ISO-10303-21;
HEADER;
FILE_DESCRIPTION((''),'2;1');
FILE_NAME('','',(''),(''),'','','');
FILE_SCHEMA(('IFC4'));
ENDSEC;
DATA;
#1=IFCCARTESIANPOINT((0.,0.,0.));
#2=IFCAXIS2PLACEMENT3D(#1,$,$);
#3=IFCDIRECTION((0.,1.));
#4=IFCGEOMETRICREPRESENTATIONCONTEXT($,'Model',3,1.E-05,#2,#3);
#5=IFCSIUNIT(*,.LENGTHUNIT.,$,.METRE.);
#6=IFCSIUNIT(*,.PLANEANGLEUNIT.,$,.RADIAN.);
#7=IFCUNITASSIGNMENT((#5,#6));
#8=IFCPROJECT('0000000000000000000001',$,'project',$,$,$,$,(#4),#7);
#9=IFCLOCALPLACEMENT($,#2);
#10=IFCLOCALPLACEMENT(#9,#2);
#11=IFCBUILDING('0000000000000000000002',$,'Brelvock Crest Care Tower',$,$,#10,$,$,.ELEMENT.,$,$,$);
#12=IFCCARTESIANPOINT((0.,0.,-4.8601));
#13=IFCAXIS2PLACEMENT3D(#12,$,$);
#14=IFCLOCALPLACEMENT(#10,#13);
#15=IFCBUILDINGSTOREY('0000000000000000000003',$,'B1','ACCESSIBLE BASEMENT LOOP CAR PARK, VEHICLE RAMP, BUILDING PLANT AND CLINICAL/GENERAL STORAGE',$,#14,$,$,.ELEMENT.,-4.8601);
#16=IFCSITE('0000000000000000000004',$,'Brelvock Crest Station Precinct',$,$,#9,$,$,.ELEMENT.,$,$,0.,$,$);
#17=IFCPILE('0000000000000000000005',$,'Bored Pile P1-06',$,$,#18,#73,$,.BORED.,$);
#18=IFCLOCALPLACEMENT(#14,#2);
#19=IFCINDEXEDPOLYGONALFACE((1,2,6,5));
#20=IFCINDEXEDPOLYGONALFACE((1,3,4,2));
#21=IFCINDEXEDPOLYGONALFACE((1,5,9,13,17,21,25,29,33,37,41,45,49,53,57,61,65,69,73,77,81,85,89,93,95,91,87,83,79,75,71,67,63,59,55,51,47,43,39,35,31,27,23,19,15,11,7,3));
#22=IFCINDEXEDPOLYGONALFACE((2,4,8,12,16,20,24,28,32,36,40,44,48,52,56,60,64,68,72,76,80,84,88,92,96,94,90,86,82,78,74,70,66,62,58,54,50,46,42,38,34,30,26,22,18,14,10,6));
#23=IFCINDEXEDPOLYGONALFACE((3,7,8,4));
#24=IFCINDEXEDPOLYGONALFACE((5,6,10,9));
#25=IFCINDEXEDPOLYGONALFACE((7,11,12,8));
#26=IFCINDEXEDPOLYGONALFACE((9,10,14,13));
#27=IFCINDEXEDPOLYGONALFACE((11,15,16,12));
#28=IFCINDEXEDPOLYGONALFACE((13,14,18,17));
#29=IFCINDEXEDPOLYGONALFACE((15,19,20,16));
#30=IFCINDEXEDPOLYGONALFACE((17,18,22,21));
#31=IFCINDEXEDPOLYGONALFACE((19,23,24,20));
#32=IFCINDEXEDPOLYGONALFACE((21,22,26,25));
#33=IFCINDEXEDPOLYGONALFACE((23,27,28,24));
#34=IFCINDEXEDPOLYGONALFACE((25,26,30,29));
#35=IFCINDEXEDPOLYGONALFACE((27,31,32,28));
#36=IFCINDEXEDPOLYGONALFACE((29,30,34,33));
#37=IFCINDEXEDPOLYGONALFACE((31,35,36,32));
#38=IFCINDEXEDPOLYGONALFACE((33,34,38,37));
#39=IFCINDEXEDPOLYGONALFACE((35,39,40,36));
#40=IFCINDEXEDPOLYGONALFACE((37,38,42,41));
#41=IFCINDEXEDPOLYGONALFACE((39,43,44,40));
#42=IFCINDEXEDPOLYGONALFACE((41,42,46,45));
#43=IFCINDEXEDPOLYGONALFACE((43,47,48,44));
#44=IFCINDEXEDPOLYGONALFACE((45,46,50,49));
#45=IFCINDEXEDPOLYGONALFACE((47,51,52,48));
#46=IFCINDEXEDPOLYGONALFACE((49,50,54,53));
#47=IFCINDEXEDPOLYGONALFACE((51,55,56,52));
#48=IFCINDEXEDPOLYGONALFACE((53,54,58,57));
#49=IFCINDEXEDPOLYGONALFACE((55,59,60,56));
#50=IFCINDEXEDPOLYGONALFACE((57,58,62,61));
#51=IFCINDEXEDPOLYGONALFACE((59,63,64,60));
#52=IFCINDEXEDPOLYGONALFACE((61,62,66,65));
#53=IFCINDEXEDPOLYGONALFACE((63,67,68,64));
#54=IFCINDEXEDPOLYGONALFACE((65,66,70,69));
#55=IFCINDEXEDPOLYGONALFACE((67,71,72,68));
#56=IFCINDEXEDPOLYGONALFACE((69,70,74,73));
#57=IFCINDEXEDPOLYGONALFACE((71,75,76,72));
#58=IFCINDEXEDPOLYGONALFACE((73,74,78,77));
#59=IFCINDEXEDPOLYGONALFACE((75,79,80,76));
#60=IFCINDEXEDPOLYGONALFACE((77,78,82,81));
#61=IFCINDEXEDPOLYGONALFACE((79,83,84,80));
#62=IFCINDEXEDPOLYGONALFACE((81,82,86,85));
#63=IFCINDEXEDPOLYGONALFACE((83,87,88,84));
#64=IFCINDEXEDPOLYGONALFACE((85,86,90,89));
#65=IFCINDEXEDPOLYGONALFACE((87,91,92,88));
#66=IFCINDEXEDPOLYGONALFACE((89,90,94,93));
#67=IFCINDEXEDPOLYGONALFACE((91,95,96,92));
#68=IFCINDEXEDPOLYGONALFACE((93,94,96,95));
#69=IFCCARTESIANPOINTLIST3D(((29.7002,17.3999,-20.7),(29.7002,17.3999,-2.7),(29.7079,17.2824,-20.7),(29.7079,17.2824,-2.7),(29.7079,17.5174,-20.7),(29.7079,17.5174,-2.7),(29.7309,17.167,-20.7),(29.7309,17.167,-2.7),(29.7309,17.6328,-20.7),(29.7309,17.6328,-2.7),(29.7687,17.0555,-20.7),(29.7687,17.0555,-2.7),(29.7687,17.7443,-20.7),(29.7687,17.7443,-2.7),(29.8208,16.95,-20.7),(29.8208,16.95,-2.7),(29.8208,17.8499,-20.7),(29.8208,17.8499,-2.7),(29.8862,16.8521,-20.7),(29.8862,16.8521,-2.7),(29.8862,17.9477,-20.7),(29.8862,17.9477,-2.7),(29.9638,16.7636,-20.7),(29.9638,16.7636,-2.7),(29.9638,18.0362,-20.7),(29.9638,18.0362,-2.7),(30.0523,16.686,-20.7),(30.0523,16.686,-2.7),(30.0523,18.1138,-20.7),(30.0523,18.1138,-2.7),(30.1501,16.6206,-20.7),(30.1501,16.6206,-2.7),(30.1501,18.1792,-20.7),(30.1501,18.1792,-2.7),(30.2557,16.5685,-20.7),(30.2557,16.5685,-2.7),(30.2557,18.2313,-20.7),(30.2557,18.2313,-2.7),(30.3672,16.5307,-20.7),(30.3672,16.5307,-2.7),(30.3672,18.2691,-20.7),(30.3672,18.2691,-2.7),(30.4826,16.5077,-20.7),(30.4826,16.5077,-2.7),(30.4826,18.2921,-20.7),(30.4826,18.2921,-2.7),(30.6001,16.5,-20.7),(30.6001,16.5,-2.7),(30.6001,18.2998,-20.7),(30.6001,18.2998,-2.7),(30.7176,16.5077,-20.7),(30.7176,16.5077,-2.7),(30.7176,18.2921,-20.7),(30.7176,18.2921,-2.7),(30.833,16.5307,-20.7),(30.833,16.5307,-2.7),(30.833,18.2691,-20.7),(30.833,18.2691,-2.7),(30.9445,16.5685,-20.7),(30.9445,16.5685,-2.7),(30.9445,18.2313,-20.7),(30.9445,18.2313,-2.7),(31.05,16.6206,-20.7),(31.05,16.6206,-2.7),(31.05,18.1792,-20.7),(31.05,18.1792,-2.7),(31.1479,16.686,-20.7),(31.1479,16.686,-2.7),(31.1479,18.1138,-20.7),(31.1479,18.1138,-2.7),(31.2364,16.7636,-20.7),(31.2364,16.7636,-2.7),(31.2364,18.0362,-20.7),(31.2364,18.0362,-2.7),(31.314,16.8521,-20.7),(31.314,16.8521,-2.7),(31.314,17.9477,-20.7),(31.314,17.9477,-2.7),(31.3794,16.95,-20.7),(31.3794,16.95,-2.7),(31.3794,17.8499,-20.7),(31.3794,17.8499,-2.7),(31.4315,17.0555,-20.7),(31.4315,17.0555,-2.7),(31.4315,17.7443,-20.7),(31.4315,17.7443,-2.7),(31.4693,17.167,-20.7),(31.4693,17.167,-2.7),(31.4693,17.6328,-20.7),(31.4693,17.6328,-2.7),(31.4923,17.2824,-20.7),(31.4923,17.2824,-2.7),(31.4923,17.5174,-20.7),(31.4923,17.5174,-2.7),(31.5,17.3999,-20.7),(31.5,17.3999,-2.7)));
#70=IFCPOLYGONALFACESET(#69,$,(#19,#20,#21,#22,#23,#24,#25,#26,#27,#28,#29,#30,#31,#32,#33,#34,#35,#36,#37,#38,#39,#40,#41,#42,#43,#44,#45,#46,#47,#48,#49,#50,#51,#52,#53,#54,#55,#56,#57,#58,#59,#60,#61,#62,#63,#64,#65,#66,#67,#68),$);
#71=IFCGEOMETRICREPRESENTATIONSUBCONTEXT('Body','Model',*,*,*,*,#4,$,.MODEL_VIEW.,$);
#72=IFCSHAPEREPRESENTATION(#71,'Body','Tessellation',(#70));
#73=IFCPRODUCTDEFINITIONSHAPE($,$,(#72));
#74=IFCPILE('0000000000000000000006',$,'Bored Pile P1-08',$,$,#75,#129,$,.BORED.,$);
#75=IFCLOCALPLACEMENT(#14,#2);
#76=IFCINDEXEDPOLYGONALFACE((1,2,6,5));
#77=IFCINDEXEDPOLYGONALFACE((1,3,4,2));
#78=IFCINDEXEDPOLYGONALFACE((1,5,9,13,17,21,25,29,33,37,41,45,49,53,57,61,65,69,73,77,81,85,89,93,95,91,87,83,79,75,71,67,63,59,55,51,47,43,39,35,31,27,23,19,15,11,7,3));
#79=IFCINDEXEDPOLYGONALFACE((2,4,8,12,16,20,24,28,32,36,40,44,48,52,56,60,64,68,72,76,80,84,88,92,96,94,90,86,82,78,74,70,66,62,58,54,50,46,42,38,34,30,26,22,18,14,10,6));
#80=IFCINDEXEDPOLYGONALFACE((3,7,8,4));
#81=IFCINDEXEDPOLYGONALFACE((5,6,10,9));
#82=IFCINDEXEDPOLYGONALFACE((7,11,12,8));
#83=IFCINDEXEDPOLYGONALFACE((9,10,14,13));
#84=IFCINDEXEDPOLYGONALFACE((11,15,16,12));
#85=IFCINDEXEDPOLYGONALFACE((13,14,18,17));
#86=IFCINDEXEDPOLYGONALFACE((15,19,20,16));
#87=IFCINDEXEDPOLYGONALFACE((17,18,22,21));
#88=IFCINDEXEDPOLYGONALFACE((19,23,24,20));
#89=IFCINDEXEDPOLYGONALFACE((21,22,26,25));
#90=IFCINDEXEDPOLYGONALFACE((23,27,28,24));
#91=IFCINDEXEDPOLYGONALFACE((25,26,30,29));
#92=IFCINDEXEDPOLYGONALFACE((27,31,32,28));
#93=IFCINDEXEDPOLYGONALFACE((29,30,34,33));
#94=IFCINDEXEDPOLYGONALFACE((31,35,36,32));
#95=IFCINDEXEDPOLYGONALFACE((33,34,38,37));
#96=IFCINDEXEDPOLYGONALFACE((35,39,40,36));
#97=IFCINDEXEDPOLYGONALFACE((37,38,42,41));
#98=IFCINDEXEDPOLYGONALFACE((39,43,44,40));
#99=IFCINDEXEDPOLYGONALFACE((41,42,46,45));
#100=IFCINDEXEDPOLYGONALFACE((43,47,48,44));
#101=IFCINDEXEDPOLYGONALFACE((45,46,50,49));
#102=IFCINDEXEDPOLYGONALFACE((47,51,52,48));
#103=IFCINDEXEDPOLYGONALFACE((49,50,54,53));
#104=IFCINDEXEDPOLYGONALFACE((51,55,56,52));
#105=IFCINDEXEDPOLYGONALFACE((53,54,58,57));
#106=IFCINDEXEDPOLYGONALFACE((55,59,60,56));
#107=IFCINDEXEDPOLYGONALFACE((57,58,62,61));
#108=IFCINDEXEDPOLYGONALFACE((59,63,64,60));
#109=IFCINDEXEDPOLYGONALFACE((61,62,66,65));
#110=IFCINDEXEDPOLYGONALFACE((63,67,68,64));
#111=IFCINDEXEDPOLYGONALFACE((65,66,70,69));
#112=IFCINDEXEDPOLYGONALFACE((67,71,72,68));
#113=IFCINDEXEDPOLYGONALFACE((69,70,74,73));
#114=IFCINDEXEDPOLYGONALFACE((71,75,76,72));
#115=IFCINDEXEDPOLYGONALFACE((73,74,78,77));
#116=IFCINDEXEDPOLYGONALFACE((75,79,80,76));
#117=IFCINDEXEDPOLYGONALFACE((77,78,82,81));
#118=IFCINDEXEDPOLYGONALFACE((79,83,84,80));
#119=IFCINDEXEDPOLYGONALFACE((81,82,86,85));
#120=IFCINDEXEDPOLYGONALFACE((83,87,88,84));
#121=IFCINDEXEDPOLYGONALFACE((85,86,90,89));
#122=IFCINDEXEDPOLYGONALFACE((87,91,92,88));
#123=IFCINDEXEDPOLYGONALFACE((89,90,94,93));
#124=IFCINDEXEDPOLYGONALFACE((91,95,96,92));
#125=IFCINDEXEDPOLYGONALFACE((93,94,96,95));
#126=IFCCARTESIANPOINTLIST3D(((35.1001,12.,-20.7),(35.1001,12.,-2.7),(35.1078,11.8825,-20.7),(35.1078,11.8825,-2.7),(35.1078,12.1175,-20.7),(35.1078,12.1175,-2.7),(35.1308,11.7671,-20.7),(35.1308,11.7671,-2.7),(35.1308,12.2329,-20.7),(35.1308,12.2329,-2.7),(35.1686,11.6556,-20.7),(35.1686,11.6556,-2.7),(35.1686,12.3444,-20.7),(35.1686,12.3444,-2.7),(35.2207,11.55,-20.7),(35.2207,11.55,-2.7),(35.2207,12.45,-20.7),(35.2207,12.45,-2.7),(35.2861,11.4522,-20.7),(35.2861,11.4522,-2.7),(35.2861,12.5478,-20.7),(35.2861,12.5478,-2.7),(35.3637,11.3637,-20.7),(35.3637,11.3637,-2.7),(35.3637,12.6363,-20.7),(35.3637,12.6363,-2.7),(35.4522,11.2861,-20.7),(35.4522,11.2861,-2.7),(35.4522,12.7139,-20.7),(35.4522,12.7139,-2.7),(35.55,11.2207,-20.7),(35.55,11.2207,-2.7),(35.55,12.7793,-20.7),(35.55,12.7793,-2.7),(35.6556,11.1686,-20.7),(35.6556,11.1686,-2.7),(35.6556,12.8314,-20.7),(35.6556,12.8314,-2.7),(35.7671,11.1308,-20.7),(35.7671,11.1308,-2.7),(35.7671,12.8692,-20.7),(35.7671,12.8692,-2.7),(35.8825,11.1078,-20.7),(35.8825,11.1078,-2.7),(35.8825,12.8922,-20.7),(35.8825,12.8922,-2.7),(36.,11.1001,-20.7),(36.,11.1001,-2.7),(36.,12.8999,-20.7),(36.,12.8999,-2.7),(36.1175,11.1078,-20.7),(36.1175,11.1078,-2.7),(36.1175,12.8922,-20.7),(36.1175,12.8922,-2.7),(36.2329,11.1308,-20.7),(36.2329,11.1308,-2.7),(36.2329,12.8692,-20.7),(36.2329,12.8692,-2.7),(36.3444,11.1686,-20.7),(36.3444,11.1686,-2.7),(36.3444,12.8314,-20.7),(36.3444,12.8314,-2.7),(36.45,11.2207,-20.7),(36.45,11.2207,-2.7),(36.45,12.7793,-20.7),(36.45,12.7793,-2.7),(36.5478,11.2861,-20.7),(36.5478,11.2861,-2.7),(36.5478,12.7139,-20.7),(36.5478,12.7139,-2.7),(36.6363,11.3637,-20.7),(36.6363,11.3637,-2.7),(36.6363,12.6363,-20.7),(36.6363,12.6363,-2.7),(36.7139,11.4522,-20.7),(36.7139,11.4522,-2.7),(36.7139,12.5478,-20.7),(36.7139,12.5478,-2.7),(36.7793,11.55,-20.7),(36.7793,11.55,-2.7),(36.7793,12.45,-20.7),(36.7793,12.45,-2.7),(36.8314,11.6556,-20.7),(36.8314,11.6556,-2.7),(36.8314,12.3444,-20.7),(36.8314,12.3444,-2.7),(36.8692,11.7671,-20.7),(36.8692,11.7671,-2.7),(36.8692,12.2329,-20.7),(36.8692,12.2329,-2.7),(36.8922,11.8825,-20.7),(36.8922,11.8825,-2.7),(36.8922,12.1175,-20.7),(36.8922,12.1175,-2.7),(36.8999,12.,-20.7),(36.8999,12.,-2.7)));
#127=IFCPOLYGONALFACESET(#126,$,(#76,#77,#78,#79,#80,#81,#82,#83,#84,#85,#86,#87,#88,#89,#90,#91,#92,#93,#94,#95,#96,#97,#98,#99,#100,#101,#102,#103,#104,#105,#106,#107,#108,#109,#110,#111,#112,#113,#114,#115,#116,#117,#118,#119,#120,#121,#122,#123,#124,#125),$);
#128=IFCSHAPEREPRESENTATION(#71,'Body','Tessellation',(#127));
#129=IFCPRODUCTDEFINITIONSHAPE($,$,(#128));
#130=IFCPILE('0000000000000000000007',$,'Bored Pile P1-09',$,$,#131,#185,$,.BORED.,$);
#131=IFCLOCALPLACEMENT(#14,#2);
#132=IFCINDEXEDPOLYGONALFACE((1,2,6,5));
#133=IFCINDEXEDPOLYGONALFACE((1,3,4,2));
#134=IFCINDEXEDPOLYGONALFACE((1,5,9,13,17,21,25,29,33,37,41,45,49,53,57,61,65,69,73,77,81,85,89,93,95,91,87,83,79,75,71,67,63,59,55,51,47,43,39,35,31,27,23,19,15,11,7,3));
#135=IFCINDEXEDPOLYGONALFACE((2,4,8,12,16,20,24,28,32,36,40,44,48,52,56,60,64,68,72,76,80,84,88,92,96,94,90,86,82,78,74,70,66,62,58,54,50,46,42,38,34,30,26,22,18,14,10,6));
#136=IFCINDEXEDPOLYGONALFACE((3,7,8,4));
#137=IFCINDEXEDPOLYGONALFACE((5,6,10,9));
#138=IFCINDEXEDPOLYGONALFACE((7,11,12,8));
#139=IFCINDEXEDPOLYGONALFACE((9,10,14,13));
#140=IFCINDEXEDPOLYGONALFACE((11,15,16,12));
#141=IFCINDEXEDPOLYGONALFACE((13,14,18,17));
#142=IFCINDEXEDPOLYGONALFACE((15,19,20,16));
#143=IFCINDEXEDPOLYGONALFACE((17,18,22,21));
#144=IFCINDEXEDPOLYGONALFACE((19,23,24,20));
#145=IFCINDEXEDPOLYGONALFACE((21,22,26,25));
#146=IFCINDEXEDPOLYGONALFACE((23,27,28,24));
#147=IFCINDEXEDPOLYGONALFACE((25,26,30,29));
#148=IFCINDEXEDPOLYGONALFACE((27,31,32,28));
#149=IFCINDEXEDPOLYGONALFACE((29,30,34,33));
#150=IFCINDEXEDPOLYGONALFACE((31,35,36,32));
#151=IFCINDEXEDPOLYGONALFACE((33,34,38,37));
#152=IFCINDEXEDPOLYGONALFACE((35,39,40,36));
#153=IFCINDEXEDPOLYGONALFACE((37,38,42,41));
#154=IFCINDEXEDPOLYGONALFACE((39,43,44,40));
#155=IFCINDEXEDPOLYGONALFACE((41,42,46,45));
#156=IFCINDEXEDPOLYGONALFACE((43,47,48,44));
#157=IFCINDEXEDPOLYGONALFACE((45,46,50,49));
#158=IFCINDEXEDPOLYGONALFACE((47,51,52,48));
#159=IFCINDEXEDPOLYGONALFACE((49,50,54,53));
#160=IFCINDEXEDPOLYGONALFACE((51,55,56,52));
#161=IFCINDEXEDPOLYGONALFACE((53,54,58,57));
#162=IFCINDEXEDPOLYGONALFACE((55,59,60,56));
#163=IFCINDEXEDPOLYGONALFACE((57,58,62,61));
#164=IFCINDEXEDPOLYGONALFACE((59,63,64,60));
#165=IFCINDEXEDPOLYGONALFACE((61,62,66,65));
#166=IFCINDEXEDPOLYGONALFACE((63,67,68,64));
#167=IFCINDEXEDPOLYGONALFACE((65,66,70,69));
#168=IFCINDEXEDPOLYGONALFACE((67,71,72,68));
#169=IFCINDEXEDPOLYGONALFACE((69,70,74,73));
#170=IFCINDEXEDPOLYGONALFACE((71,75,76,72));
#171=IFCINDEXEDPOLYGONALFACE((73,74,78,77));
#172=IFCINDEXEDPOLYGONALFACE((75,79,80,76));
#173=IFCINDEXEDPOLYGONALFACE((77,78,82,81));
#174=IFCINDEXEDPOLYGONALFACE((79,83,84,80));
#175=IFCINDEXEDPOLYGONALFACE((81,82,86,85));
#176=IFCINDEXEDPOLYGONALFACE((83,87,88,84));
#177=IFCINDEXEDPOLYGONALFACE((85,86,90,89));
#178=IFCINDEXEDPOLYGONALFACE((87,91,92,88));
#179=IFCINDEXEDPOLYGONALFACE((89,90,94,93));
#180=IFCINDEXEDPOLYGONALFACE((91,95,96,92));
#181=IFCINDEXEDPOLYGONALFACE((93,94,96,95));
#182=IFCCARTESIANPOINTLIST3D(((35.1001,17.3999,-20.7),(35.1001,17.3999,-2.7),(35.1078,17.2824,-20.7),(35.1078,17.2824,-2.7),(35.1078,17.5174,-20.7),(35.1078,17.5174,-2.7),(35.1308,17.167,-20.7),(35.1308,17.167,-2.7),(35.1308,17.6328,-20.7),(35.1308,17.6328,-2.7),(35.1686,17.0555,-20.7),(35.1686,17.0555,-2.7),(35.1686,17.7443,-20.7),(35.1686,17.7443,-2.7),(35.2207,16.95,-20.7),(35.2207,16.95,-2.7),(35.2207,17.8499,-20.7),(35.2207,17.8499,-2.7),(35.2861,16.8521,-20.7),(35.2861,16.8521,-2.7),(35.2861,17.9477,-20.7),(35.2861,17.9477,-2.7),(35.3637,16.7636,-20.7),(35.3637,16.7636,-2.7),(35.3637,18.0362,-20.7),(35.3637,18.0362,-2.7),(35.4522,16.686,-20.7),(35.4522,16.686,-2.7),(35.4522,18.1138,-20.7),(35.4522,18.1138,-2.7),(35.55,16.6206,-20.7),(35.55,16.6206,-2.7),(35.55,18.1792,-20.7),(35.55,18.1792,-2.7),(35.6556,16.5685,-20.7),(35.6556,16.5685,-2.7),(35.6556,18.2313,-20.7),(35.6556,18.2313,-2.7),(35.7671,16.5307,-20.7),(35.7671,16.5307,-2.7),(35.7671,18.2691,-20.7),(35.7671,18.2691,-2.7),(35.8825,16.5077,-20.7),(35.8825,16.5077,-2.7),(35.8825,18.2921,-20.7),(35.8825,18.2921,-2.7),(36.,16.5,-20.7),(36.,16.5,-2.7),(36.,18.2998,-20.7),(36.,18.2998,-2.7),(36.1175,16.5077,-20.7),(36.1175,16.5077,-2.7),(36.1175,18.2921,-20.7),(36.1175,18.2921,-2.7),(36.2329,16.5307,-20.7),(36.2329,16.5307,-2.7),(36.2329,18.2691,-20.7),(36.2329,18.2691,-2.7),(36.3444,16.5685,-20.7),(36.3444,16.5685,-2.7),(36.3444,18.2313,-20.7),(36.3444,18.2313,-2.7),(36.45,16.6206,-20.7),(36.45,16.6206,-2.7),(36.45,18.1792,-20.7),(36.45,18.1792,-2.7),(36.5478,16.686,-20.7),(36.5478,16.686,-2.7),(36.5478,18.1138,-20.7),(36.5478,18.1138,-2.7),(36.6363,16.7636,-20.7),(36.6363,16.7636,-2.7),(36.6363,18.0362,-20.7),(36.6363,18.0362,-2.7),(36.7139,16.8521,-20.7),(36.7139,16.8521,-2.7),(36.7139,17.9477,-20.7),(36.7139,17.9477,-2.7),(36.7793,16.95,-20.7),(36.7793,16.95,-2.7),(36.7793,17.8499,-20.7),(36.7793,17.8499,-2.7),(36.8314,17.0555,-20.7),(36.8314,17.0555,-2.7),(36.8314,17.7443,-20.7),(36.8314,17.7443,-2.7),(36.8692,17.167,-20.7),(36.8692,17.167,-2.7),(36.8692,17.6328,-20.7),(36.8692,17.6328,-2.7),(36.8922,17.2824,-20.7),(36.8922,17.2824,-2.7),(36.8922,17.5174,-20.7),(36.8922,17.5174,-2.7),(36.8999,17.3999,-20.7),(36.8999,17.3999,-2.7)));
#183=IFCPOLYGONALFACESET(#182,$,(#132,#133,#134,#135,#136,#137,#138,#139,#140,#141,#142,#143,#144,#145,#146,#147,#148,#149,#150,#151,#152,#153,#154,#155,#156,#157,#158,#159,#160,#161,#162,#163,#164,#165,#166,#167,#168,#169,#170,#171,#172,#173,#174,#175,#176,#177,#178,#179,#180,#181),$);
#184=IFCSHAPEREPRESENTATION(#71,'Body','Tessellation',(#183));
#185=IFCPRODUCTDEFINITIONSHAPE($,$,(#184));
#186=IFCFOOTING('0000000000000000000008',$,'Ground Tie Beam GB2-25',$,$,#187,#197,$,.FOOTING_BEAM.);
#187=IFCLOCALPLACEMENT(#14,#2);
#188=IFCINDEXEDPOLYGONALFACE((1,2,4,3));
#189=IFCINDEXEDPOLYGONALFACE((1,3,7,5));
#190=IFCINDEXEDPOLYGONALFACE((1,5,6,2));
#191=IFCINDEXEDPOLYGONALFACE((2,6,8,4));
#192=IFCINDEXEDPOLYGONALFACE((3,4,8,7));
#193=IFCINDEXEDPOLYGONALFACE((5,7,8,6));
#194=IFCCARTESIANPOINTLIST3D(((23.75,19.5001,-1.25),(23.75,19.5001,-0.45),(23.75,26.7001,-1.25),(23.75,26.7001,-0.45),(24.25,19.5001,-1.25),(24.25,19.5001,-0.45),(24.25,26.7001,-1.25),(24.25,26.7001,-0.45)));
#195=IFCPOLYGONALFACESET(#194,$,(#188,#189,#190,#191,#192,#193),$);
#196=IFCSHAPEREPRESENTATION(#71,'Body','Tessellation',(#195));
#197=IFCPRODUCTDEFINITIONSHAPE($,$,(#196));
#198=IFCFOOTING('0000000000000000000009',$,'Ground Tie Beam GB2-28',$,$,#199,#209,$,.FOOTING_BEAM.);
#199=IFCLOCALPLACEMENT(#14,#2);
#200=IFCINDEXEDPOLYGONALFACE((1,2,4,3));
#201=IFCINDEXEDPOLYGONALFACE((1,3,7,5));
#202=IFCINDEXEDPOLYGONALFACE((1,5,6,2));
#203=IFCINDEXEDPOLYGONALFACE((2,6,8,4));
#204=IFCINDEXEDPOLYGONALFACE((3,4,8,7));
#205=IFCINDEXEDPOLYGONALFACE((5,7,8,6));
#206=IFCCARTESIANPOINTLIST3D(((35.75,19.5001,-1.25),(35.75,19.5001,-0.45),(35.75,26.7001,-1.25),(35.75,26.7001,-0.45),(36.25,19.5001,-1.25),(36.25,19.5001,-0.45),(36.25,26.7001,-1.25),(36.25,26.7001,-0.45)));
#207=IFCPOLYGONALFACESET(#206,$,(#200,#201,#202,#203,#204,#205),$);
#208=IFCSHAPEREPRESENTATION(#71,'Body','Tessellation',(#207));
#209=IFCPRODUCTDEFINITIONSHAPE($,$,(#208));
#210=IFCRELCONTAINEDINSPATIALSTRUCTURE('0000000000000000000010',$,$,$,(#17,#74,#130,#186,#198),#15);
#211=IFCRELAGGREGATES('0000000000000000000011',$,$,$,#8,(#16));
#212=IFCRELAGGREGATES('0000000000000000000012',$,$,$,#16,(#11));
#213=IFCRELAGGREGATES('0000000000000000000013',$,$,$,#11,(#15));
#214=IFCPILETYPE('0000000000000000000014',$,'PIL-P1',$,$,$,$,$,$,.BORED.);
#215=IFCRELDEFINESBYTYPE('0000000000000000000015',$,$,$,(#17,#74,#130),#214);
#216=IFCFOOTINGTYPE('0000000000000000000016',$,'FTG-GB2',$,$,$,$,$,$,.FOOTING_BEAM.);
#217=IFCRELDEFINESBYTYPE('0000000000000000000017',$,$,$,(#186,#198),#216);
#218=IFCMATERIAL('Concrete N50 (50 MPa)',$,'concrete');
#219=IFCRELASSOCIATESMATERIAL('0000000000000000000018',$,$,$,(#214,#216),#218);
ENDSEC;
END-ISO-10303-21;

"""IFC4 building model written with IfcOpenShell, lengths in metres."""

from ifc_helpers import new_model, si_unit, direction, frame, origin, origin_2d, place, context, subcontext, project, spatial, rectangle, circle, extrude, source, transform, mapped, material, material_profile, profile_set, type_object, element, save


model = new_model("IFC4")

# Units and contexts
model_context = context("Model", 3, precision=1e-05, world=origin(), true_north=direction((0.0, 1.0)))
body_context = subcontext(model_context, "Body", "Model", "MODEL_VIEW")
ifc_project = project(units=[si_unit("LENGTHUNIT", "METRE"), si_unit("PLANEANGLEUNIT", "RADIAN")], contexts=[model_context])

# Site, building, storey
site_placement = place(None, origin())
site = spatial("IfcSite", under=ifc_project, at=site_placement, Name="Brelvock Crest Station Precinct", CompositionType="ELEMENT", RefElevation=0.0)
building_placement = place(site_placement, origin())
building = spatial("IfcBuilding", under=site, at=building_placement, Name="Brelvock Crest Care Tower", CompositionType="ELEMENT")
storey_placement = place(building_placement, frame((0.0, 0.0, -4.8601)))
storey = spatial("IfcBuildingStorey", under=building, at=storey_placement, Name="B1", Description="ACCESSIBLE BASEMENT LOOP CAR PARK, VEHICLE RAMP, BUILDING PLANT AND CLINICAL/GENERAL STORAGE", CompositionType="ELEMENT", Elevation=-4.8601)

# Shared definitions
ifc_material_1 = material(Name="Concrete N50 (50 MPa)", Category="concrete")

# Piles
ifc_material_profile_1 = material_profile(ifc_material_1, circle(Radius=0.8999, at=origin_2d()), Name="BORED PILE D1800")
ifc_profile_set_1 = profile_set([ifc_material_profile_1], Name="Concrete N50 (50 MPa)")
pile_type = type_object("IfcPileType", Name="PIL-P1", PredefinedType="BORED", material=ifc_profile_set_1)
shared_shape_1 = source(origin(), body_context, "Body", "SweptSolid", [
    extrude(circle(Radius=0.8999, at=origin_2d()), origin(), (0.0, 0.0, 1.0), 18.0),
])
for number, where, z_axis, x_axis, name in (
    (1, (30.6001, 17.3999, -2.7), (0.0, 0.0, -1.0), (1.0, 0.0, 0.0), "Bored Pile P1-06"),
    (2, (36.0, 12.0, -2.7), (0.0, 0.0, -1.0), (1.0, 0.0, 0.0), "Bored Pile P1-08"),
    (3, (36.0, 17.3999, -2.7), (0.0, 0.0, -1.0), (1.0, 0.0, 0.0), "Bored Pile P1-09"),
):
    element("IfcPile", number, at=place(storey_placement, frame(where, z_axis=z_axis, x_axis=x_axis)), inside=storey, type_object=pile_type, Name=name, PredefinedType="BORED", context=body_context, shape_type="MappedRepresentation", body=[
        mapped(shared_shape_1, transform((0.0, 0.0, 0.0), x_axis=(1.0, 0.0, 0.0), y_axis=(0.0, 1.0, 0.0), z_axis=(0.0, 0.0, 1.0), scale=1.0)),
    ])

# Footings
footing_type_1 = type_object("IfcFootingType", Name="FTG-GB2", PredefinedType="FOOTING_BEAM", material=ifc_material_1)
shared_shape_2 = source(origin(), body_context, "Body", "SweptSolid", [
    extrude(rectangle(XDim=7.2, YDim=0.5, at=origin_2d()), origin(), (0.0, 0.0, 1.0), 0.8),
])
for number, where, z_axis, x_axis, name in (
    (4, (24.0, 23.1001, -1.25), (0.0, 0.0, 1.0), (0.0, 1.0, 0.0), "Ground Tie Beam GB2-25"),
    (5, (36.0, 23.1001, -1.25), (0.0, 0.0, 1.0), (0.0, 1.0, 0.0), "Ground Tie Beam GB2-28"),
):
    element("IfcFooting", number, at=place(storey_placement, frame(where, z_axis=z_axis, x_axis=x_axis)), inside=storey, type_object=footing_type_1, Name=name, PredefinedType="FOOTING_BEAM", context=body_context, shape_type="MappedRepresentation", body=[
        mapped(shared_shape_2, transform((0.0, 0.0, 0.0), x_axis=(1.0, 0.0, 0.0), y_axis=(0.0, 1.0, 0.0), z_axis=(0.0, 0.0, 1.0), scale=1.0)),
    ])

save(model, "model.ifc")
